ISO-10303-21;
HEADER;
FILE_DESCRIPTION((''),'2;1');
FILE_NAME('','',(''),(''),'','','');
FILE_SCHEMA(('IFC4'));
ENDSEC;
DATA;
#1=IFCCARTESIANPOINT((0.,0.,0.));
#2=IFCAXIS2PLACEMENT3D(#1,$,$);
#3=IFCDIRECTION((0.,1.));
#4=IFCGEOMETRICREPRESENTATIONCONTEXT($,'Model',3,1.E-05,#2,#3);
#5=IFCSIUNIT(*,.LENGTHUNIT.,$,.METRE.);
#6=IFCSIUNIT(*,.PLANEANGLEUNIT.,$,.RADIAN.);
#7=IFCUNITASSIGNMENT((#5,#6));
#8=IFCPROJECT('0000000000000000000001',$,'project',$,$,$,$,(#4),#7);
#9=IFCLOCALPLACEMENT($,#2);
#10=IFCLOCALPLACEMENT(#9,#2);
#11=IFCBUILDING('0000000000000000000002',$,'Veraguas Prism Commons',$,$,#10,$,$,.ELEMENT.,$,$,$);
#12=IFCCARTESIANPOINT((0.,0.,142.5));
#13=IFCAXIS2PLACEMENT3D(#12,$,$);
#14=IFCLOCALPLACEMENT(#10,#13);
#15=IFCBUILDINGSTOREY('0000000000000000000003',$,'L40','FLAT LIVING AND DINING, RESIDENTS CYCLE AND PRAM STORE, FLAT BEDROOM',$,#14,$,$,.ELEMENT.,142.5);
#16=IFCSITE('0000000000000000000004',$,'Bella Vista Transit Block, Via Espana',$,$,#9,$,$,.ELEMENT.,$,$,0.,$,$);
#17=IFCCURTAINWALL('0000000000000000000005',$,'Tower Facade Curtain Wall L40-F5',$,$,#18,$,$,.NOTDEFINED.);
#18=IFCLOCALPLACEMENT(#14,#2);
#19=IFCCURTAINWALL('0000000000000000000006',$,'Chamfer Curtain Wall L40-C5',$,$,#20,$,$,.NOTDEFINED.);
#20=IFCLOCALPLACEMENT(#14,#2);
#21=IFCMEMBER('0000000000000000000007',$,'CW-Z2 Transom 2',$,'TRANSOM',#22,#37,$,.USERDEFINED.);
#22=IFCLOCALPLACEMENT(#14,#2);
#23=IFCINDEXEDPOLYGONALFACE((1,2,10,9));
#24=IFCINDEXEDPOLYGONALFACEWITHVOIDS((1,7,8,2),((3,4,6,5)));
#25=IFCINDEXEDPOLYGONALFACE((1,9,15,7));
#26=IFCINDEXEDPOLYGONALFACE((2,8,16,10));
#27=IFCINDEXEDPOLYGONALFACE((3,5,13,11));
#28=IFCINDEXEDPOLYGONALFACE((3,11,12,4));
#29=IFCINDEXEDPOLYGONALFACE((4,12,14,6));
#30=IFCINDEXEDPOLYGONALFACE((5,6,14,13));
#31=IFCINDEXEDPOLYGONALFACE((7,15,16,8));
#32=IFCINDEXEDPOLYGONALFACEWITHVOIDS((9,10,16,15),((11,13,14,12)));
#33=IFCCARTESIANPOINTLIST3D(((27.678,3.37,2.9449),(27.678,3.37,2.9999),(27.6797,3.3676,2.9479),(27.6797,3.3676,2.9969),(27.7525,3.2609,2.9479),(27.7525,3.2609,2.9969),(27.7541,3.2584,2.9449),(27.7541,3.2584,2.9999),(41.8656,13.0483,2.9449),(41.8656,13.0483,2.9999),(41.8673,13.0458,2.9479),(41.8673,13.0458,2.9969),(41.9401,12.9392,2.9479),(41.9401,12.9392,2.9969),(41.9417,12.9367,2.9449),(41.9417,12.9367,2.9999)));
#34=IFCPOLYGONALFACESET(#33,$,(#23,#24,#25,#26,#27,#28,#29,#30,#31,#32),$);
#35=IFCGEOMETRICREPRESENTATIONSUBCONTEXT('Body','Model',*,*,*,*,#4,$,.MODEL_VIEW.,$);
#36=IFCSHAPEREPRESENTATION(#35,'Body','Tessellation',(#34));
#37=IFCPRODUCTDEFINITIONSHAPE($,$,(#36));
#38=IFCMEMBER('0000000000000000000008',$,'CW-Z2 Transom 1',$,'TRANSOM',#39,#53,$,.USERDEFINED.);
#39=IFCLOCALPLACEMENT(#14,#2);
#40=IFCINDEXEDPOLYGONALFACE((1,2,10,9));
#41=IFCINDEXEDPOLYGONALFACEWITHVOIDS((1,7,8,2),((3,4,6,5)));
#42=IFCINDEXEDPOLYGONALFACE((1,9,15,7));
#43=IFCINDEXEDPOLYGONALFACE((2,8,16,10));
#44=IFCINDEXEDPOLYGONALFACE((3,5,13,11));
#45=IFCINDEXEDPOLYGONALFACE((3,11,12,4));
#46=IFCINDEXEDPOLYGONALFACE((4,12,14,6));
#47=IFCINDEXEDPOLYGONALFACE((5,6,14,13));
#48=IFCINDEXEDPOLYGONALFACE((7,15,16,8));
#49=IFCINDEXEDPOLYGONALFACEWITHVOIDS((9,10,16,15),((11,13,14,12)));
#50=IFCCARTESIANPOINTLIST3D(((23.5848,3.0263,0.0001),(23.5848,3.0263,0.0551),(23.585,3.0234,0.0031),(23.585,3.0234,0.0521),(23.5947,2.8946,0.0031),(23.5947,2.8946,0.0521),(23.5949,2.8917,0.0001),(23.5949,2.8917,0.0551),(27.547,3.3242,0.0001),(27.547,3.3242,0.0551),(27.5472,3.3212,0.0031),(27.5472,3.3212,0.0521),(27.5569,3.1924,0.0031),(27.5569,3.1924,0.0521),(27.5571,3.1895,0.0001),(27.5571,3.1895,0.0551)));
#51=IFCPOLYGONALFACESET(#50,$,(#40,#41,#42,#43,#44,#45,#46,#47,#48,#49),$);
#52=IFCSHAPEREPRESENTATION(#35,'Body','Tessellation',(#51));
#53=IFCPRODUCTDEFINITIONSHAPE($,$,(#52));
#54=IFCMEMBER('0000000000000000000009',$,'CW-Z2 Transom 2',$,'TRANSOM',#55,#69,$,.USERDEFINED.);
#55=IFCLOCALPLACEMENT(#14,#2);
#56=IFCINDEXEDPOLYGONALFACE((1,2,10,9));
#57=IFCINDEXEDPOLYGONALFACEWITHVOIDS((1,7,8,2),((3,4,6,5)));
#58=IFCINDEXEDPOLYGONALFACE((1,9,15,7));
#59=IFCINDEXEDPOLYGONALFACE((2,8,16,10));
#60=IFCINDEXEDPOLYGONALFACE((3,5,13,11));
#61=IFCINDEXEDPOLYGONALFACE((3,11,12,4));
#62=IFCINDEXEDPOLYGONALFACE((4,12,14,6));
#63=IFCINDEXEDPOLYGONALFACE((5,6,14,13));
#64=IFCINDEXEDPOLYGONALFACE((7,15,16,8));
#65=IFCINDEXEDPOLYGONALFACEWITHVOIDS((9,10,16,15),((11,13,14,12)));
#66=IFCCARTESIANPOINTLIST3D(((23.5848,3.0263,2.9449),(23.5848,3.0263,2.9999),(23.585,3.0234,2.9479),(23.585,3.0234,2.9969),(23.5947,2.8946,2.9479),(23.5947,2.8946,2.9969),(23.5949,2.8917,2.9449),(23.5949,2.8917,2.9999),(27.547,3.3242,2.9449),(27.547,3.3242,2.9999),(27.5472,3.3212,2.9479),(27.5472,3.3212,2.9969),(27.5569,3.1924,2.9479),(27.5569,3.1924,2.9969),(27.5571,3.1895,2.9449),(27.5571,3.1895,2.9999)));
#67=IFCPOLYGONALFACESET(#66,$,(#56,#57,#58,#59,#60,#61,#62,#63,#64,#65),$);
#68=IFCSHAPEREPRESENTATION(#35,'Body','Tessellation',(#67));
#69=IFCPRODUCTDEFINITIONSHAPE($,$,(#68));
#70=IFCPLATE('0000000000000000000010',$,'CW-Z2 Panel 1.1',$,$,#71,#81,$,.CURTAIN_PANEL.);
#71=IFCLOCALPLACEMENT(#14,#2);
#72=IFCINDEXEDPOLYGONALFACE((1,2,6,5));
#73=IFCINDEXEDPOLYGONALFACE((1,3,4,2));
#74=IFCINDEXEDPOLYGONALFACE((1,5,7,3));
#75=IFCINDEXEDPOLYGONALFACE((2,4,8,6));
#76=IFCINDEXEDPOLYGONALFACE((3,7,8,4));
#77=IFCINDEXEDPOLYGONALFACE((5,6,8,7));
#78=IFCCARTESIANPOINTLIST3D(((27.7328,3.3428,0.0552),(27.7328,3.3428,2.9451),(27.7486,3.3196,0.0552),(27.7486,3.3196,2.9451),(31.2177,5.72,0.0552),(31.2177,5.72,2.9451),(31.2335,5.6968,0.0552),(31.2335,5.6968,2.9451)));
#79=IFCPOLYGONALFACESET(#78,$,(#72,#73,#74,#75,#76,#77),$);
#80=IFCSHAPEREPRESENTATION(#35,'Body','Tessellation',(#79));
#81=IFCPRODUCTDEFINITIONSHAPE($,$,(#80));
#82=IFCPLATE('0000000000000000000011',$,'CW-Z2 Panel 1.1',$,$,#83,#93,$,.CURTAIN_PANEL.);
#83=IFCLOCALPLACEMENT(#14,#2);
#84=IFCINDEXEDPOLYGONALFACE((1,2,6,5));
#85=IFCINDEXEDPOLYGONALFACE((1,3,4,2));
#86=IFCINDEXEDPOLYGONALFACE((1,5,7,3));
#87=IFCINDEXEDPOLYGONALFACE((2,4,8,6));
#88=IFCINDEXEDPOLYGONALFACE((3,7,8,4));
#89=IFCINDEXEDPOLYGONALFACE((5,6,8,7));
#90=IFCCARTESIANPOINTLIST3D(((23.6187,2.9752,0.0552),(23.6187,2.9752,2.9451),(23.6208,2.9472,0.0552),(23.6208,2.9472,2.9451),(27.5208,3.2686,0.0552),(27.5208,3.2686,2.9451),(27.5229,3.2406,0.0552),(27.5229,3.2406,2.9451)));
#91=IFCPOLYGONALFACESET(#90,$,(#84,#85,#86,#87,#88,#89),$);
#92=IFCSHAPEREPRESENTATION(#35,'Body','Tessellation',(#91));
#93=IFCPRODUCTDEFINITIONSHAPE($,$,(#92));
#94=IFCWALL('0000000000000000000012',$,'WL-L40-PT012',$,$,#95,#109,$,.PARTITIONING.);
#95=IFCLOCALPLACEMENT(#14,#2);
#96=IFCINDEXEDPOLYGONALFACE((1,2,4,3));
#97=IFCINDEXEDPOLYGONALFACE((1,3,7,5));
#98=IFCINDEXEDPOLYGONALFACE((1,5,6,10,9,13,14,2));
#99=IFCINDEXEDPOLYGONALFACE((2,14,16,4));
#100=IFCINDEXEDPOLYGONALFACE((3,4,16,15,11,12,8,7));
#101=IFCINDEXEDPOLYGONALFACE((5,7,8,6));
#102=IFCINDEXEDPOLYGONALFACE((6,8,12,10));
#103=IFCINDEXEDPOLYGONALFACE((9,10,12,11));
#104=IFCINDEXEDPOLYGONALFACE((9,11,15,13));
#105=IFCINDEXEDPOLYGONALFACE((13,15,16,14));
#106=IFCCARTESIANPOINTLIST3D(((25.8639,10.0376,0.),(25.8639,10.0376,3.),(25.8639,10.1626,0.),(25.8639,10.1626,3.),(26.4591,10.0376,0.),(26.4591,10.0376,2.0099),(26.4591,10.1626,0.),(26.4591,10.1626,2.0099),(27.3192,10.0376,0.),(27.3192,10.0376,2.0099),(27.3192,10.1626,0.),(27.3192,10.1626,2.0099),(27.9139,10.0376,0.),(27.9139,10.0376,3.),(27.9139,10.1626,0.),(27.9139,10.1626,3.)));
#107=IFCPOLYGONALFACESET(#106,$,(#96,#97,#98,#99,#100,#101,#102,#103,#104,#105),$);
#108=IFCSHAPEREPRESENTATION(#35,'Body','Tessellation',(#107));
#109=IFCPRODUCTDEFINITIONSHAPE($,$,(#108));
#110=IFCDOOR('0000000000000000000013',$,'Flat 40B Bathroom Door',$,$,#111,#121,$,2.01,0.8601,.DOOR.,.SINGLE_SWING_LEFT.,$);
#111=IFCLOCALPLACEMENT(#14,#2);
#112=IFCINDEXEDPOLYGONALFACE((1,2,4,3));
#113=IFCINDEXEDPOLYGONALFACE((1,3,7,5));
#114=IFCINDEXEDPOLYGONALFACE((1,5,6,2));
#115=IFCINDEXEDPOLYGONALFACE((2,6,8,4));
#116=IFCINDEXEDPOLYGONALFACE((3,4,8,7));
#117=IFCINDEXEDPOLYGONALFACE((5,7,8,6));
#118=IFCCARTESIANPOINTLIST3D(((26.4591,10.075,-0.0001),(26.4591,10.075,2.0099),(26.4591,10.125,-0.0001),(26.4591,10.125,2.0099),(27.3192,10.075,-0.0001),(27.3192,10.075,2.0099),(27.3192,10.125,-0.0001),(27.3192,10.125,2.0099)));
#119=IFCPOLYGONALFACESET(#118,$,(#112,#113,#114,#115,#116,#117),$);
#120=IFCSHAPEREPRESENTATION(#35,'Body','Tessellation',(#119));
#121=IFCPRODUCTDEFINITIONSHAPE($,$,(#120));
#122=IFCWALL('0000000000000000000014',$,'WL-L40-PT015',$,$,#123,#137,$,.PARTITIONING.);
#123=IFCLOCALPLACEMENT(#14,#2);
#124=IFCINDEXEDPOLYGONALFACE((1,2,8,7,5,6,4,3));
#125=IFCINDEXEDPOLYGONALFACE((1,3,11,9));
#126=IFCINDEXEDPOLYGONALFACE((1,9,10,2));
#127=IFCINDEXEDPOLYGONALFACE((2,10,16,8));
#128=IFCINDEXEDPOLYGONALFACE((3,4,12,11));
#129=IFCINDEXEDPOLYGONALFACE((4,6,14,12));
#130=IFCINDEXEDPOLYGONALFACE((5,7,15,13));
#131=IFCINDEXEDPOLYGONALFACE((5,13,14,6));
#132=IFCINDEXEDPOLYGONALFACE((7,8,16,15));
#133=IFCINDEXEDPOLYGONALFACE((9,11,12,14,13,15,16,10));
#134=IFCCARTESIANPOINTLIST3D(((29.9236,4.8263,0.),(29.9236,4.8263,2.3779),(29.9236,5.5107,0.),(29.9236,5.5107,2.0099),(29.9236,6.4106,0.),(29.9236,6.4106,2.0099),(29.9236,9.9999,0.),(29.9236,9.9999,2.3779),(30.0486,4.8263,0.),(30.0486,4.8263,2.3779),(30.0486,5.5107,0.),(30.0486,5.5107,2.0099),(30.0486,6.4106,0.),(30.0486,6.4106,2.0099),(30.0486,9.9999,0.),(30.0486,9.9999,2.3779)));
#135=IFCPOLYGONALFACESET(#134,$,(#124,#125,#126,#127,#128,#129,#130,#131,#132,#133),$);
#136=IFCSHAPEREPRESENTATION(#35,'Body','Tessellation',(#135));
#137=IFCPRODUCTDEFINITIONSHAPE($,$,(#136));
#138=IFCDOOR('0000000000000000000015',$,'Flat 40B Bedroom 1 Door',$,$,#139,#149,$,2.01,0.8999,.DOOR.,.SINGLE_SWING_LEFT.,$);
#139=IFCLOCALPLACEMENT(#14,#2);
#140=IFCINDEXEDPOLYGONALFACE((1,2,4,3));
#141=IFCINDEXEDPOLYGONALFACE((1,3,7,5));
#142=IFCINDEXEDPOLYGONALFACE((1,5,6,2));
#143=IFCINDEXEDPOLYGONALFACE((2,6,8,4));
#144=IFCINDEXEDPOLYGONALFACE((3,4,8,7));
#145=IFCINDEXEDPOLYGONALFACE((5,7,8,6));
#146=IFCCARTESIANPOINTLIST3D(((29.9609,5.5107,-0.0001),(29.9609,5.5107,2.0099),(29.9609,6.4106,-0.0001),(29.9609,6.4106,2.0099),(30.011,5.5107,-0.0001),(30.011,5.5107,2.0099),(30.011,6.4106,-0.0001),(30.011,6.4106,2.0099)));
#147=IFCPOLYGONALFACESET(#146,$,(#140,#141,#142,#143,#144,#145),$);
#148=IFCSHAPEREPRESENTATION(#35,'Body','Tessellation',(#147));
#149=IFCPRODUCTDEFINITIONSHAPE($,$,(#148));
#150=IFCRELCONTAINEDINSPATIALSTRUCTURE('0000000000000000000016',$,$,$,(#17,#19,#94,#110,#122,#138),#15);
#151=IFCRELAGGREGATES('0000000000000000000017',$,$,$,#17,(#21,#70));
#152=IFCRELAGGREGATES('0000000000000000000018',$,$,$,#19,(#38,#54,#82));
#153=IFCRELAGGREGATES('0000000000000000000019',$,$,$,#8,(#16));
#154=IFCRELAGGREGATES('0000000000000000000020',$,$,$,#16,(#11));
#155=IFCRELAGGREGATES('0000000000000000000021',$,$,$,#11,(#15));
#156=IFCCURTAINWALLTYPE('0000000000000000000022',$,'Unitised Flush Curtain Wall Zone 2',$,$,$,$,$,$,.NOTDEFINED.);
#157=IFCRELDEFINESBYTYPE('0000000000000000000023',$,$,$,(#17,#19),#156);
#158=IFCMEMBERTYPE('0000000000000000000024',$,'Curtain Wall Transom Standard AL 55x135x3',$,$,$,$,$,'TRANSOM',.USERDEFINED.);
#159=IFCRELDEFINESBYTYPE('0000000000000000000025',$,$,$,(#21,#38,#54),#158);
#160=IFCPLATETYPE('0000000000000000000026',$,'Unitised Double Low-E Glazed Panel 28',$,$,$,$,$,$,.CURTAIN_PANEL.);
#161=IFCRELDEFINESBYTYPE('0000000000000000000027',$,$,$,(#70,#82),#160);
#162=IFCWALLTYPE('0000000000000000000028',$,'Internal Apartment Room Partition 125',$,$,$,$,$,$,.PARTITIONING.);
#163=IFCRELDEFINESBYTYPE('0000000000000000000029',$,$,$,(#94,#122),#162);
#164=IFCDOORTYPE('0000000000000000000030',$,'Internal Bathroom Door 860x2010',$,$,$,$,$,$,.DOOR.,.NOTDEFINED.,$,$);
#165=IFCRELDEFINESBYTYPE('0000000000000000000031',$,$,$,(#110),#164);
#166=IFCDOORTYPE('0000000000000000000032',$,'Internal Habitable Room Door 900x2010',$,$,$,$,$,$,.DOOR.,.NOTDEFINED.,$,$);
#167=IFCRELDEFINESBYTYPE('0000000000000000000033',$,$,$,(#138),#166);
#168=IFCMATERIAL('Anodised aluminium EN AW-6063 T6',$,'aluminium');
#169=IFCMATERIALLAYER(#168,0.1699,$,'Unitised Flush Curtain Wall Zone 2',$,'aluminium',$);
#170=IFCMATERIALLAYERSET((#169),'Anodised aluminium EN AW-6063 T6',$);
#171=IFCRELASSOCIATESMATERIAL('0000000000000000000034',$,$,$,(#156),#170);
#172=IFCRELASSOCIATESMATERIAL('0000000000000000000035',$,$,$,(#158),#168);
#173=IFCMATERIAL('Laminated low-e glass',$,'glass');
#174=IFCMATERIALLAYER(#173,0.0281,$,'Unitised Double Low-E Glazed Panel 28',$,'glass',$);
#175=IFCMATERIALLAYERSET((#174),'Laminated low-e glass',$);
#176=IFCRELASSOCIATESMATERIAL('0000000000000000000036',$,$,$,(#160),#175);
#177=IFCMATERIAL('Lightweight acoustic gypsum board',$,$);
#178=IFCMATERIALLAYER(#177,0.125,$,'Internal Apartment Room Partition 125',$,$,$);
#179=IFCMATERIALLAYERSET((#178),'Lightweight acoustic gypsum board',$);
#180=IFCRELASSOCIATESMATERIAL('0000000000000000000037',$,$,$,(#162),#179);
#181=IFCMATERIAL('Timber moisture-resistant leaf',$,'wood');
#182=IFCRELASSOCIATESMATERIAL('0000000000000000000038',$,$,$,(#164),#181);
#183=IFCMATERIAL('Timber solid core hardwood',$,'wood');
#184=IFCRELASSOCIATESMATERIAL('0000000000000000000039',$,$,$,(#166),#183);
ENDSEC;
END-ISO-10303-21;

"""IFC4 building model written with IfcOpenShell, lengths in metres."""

from ifc_helpers import new_model, si_unit, direction, frame, frame_2d, origin, origin_2d, place, context, subcontext, project, spatial, rectangle, hollow_rectangle, extrude, source, transform, mapped, material, layer, layer_set, material_profile, profile_set, type_object, element, fill, aggregate, save


model = new_model("IFC4")

# Units and contexts
model_context = context("Model", 3, precision=1e-05, world=origin(), true_north=direction((0.0, 1.0)))
body_context = subcontext(model_context, "Body", "Model", "MODEL_VIEW")
ifc_project = project(units=[si_unit("LENGTHUNIT", "METRE"), si_unit("PLANEANGLEUNIT", "RADIAN")], contexts=[model_context])

# Site, building, storey
site_placement = place(None, origin())
site = spatial("IfcSite", under=ifc_project, at=site_placement, Name="Bella Vista Transit Block, Via Espana", CompositionType="ELEMENT", RefElevation=0.0)
building_placement = place(site_placement, origin())
building = spatial("IfcBuilding", under=site, at=building_placement, Name="Veraguas Prism Commons", CompositionType="ELEMENT")
storey_placement = place(building_placement, frame((0.0, 0.0, 142.5)))
storey = spatial("IfcBuildingStorey", under=building, at=storey_placement, Name="L40", Description="FLAT LIVING AND DINING, RESIDENTS CYCLE AND PRAM STORE, FLAT BEDROOM", CompositionType="ELEMENT", Elevation=142.5)

# Curtain wall
ifc_material_1 = material(Name="Anodised aluminium EN AW-6063 T6", Category="aluminium")
ifc_layer_1 = layer(ifc_material_1, 0.1699, Name="Unitised Flush Curtain Wall Zone 2", Category="aluminium")
ifc_layer_set_1 = layer_set([ifc_layer_1], Name="Anodised aluminium EN AW-6063 T6")
curtain_wall_type = type_object("IfcCurtainWallType", Name="Unitised Flush Curtain Wall Zone 2", PredefinedType="NOTDEFINED", material=ifc_layer_set_1)
curtain_wall_1_placement = place(storey_placement, origin())
curtain_wall_1 = element("IfcCurtainWall", 1, at=curtain_wall_1_placement, inside=storey, type_object=curtain_wall_type, Name="Tower Facade Curtain Wall L40-F5", PredefinedType="NOTDEFINED")

# Curtain wall
curtain_wall_2_placement = place(storey_placement, origin())
curtain_wall_2 = element("IfcCurtainWall", 2, at=curtain_wall_2_placement, inside=storey, type_object=curtain_wall_type, Name="Chamfer Curtain Wall L40-C5", PredefinedType="NOTDEFINED")

# Members
ifc_material_profile_1 = material_profile(ifc_material_1, hollow_rectangle(XDim=0.0549, YDim=0.135, WallThickness=0.0029, at=origin_2d()), Name="AL55X135X3")
ifc_profile_set_1 = profile_set([ifc_material_profile_1], Name="Anodised aluminium EN AW-6063 T6")
member_type_1 = type_object("IfcMemberType", Name="Curtain Wall Transom Standard AL 55x135x3", ElementType="TRANSOM", PredefinedType="USERDEFINED", material=ifc_profile_set_1)
shared_shape_1 = source(origin(), body_context, "Body", "SweptSolid", [
    extrude(hollow_rectangle(XDim=0.0549, YDim=0.135, WallThickness=0.0029, at=origin_2d()), origin(), (0.0, 0.0, 1.0), 17.1743),
])
member_1_placement = place(storey_placement, frame((27.7161, 3.3142, 2.9724), z_axis=(0.826094, 0.563533, 0.0), x_axis=(0.0, 0.0, 1.0)))
member_1 = element("IfcMember", 3, at=member_1_placement, type_object=member_type_1, Name="CW-Z2 Transom 2", ObjectType="TRANSOM", PredefinedType="USERDEFINED", context=body_context, shape_type="MappedRepresentation", body=[
    mapped(shared_shape_1, transform((0.0, 0.0, 0.0), scale=1.0)),
])
shared_shape_2 = source(origin(), body_context, "Body", "SweptSolid", [
    extrude(hollow_rectangle(XDim=0.0549, YDim=0.135, WallThickness=0.0029, at=origin_2d()), origin(), (0.0, 0.0, 1.0), 3.9734),
])
member_2_placement = place(storey_placement, frame((23.5898, 2.959, 0.0276), z_axis=(0.997186, 0.074963, 0.0), x_axis=(0.0, 0.0, 1.0)))
member_2 = element("IfcMember", 4, at=member_2_placement, type_object=member_type_1, Name="CW-Z2 Transom 1", ObjectType="TRANSOM", PredefinedType="USERDEFINED", context=body_context, shape_type="MappedRepresentation", body=[
    mapped(shared_shape_2, transform((0.0, 0.0, 0.0), scale=1.0)),
])
member_3_placement = place(storey_placement, frame((23.5898, 2.959, 2.9724), z_axis=(0.997186, 0.074963, 0.0), x_axis=(0.0, 0.0, 1.0)))
member_3 = element("IfcMember", 5, at=member_3_placement, type_object=member_type_1, Name="CW-Z2 Transom 2", ObjectType="TRANSOM", PredefinedType="USERDEFINED", context=body_context, shape_type="MappedRepresentation", body=[
    mapped(shared_shape_2, transform((0.0, 0.0, 0.0), scale=1.0)),
])

# Plates
ifc_material_2 = material(Name="Laminated low-e glass", Category="glass")
ifc_layer_2 = layer(ifc_material_2, 0.0281, Name="Unitised Double Low-E Glazed Panel 28", Category="glass")
ifc_layer_set_2 = layer_set([ifc_layer_2], Name="Laminated low-e glass")
plate_type = type_object("IfcPlateType", Name="Unitised Double Low-E Glazed Panel 28", PredefinedType="CURTAIN_PANEL", material=ifc_layer_set_2)
shared_shape_3 = source(origin(), body_context, "Body", "SweptSolid", [
    extrude(rectangle(XDim=4.2185, YDim=0.0281, at=origin_2d()), origin(), (0.0, 0.0, 1.0), 2.8899),
])
plate_1_placement = place(storey_placement, frame((29.4832, 4.5198, 0.0552), z_axis=(0.0, 0.0, 1.0), x_axis=(0.826097, 0.563527, 0.0)))
plate_1 = element("IfcPlate", 6, at=plate_1_placement, type_object=plate_type, Name="CW-Z2 Panel 1.1", PredefinedType="CURTAIN_PANEL", context=body_context, shape_type="MappedRepresentation", body=[
    mapped(shared_shape_3, transform((0.0, 0.0, 0.0), scale=1.0)),
])
aggregate(curtain_wall_1, [member_1, plate_1])
shared_shape_4 = source(origin(), body_context, "Body", "SweptSolid", [
    extrude(rectangle(XDim=3.9131, YDim=0.0281, at=origin_2d()), origin(), (0.0, 0.0, 1.0), 2.8899),
])
plate_2_placement = place(storey_placement, frame((25.5708, 3.1079, 0.0552), z_axis=(0.0, 0.0, 1.0), x_axis=(0.997185, 0.074979, 0.0)))
plate_2 = element("IfcPlate", 7, at=plate_2_placement, type_object=plate_type, Name="CW-Z2 Panel 1.1", PredefinedType="CURTAIN_PANEL", context=body_context, shape_type="MappedRepresentation", body=[
    mapped(shared_shape_4, transform((0.0, 0.0, 0.0), scale=1.0)),
])
aggregate(curtain_wall_2, [member_2, member_3, plate_2])

# Walls, openings, doors
ifc_material_3 = material(Name="Lightweight acoustic gypsum board")
ifc_layer_3 = layer(ifc_material_3, 0.125, Name="Internal Apartment Room Partition 125")
ifc_layer_set_3 = layer_set([ifc_layer_3], Name="Lightweight acoustic gypsum board")
wall_type = type_object("IfcWallType", Name="Internal Apartment Room Partition 125", PredefinedType="PARTITIONING", material=ifc_layer_set_3)
wall_1_placement = place(storey_placement, frame((25.864, 10.1001, 0.0), z_axis=(0.0, 0.0, 1.0), x_axis=(1.0, 0.0, 0.0)))
wall_1 = element("IfcWall", 8, at=wall_1_placement, inside=storey, type_object=wall_type, Name="WL-L40-PT012", PredefinedType="PARTITIONING", context=body_context, shape_type="SweptSolid", body=[
    extrude(rectangle(XDim=2.05, YDim=0.125, at=frame_2d((1.0249, 0.0))), origin(), (0.0, 0.0, 1.0), 3.0),
])
opening_1_placement = place(wall_1_placement, frame((0.595, 0.0, 0.0)))
opening_1 = element("IfcOpeningElement", 9, at=opening_1_placement, cuts=wall_1, PredefinedType="OPENING", context=body_context, shape_type="SweptSolid", body=[
    extrude(rectangle(XDim=0.8601, YDim=2.01, at=frame_2d((0.4302, 1.0049))), frame((0.0, 0.0725, 0.0), z_axis=(0.0, -1.0, 0.0), x_axis=(1.0, 0.0, 0.0)), (0.0, 0.0, 1.0), 0.145),
])
ifc_material_4 = material(Name="Timber moisture-resistant leaf", Category="wood")
door_type_1 = type_object("IfcDoorType", Name="Internal Bathroom Door 860x2010", OperationType="NOTDEFINED", PredefinedType="DOOR", material=ifc_material_4)
shared_shape_5 = source(origin(), body_context, "Body", "SweptSolid", [
    extrude(rectangle(XDim=0.8601, YDim=2.01, at=frame_2d((0.4302, 1.0049))), frame((0.0, 0.0249, 0.0), z_axis=(0.0, -1.0, 0.0), x_axis=(1.0, 0.0, 0.0)), (0.0, 0.0, 1.0), 0.05),
])
door_1_placement = place(opening_1_placement, origin())
door_1 = element("IfcDoor", 10, at=door_1_placement, inside=storey, type_object=door_type_1, Name="Flat 40B Bathroom Door", OperationType="SINGLE_SWING_LEFT", OverallHeight=2.01, OverallWidth=0.8601, PredefinedType="DOOR", context=body_context, shape_type="MappedRepresentation", body=[
    mapped(shared_shape_5, transform((0.0, 0.0, 0.0), scale=1.0)),
])
fill(opening_1, door_1)
wall_2_placement = place(storey_placement, frame((29.9861, 10.0, 0.0), z_axis=(0.0, 0.0, 1.0), x_axis=(0.0, -1.0, 0.0)))
wall_2 = element("IfcWall", 11, at=wall_2_placement, inside=storey, type_object=wall_type, Name="WL-L40-PT015", PredefinedType="PARTITIONING", context=body_context, shape_type="SweptSolid", body=[
    extrude(rectangle(XDim=5.1736, YDim=0.125, at=frame_2d((2.5869, 0.0))), origin(), (0.0, 0.0, 1.0), 2.3779),
])
opening_2_placement = place(wall_2_placement, frame((3.5894, 0.0, 0.0)))
opening_2 = element("IfcOpeningElement", 12, at=opening_2_placement, cuts=wall_2, PredefinedType="OPENING", context=body_context, shape_type="SweptSolid", body=[
    extrude(rectangle(XDim=0.8999, YDim=2.01, at=frame_2d((0.45, 1.0049))), frame((0.0, 0.0725, 0.0), z_axis=(0.0, -1.0, 0.0), x_axis=(1.0, 0.0, 0.0)), (0.0, 0.0, 1.0), 0.145),
])
ifc_material_5 = material(Name="Timber solid core hardwood", Category="wood")
door_type_2 = type_object("IfcDoorType", Name="Internal Habitable Room Door 900x2010", OperationType="NOTDEFINED", PredefinedType="DOOR", material=ifc_material_5)
shared_shape_6 = source(origin(), body_context, "Body", "SweptSolid", [
    extrude(rectangle(XDim=0.8999, YDim=2.01, at=frame_2d((0.45, 1.0049))), frame((0.0, 0.0249, 0.0), z_axis=(0.0, -1.0, 0.0), x_axis=(1.0, 0.0, 0.0)), (0.0, 0.0, 1.0), 0.05),
])
door_2_placement = place(opening_2_placement, origin())
door_2 = element("IfcDoor", 13, at=door_2_placement, inside=storey, type_object=door_type_2, Name="Flat 40B Bedroom 1 Door", OperationType="SINGLE_SWING_LEFT", OverallHeight=2.01, OverallWidth=0.8999, PredefinedType="DOOR", context=body_context, shape_type="MappedRepresentation", body=[
    mapped(shared_shape_6, transform((0.0, 0.0, 0.0), scale=1.0)),
])
fill(opening_2, door_2)

save(model, "model.ifc")
